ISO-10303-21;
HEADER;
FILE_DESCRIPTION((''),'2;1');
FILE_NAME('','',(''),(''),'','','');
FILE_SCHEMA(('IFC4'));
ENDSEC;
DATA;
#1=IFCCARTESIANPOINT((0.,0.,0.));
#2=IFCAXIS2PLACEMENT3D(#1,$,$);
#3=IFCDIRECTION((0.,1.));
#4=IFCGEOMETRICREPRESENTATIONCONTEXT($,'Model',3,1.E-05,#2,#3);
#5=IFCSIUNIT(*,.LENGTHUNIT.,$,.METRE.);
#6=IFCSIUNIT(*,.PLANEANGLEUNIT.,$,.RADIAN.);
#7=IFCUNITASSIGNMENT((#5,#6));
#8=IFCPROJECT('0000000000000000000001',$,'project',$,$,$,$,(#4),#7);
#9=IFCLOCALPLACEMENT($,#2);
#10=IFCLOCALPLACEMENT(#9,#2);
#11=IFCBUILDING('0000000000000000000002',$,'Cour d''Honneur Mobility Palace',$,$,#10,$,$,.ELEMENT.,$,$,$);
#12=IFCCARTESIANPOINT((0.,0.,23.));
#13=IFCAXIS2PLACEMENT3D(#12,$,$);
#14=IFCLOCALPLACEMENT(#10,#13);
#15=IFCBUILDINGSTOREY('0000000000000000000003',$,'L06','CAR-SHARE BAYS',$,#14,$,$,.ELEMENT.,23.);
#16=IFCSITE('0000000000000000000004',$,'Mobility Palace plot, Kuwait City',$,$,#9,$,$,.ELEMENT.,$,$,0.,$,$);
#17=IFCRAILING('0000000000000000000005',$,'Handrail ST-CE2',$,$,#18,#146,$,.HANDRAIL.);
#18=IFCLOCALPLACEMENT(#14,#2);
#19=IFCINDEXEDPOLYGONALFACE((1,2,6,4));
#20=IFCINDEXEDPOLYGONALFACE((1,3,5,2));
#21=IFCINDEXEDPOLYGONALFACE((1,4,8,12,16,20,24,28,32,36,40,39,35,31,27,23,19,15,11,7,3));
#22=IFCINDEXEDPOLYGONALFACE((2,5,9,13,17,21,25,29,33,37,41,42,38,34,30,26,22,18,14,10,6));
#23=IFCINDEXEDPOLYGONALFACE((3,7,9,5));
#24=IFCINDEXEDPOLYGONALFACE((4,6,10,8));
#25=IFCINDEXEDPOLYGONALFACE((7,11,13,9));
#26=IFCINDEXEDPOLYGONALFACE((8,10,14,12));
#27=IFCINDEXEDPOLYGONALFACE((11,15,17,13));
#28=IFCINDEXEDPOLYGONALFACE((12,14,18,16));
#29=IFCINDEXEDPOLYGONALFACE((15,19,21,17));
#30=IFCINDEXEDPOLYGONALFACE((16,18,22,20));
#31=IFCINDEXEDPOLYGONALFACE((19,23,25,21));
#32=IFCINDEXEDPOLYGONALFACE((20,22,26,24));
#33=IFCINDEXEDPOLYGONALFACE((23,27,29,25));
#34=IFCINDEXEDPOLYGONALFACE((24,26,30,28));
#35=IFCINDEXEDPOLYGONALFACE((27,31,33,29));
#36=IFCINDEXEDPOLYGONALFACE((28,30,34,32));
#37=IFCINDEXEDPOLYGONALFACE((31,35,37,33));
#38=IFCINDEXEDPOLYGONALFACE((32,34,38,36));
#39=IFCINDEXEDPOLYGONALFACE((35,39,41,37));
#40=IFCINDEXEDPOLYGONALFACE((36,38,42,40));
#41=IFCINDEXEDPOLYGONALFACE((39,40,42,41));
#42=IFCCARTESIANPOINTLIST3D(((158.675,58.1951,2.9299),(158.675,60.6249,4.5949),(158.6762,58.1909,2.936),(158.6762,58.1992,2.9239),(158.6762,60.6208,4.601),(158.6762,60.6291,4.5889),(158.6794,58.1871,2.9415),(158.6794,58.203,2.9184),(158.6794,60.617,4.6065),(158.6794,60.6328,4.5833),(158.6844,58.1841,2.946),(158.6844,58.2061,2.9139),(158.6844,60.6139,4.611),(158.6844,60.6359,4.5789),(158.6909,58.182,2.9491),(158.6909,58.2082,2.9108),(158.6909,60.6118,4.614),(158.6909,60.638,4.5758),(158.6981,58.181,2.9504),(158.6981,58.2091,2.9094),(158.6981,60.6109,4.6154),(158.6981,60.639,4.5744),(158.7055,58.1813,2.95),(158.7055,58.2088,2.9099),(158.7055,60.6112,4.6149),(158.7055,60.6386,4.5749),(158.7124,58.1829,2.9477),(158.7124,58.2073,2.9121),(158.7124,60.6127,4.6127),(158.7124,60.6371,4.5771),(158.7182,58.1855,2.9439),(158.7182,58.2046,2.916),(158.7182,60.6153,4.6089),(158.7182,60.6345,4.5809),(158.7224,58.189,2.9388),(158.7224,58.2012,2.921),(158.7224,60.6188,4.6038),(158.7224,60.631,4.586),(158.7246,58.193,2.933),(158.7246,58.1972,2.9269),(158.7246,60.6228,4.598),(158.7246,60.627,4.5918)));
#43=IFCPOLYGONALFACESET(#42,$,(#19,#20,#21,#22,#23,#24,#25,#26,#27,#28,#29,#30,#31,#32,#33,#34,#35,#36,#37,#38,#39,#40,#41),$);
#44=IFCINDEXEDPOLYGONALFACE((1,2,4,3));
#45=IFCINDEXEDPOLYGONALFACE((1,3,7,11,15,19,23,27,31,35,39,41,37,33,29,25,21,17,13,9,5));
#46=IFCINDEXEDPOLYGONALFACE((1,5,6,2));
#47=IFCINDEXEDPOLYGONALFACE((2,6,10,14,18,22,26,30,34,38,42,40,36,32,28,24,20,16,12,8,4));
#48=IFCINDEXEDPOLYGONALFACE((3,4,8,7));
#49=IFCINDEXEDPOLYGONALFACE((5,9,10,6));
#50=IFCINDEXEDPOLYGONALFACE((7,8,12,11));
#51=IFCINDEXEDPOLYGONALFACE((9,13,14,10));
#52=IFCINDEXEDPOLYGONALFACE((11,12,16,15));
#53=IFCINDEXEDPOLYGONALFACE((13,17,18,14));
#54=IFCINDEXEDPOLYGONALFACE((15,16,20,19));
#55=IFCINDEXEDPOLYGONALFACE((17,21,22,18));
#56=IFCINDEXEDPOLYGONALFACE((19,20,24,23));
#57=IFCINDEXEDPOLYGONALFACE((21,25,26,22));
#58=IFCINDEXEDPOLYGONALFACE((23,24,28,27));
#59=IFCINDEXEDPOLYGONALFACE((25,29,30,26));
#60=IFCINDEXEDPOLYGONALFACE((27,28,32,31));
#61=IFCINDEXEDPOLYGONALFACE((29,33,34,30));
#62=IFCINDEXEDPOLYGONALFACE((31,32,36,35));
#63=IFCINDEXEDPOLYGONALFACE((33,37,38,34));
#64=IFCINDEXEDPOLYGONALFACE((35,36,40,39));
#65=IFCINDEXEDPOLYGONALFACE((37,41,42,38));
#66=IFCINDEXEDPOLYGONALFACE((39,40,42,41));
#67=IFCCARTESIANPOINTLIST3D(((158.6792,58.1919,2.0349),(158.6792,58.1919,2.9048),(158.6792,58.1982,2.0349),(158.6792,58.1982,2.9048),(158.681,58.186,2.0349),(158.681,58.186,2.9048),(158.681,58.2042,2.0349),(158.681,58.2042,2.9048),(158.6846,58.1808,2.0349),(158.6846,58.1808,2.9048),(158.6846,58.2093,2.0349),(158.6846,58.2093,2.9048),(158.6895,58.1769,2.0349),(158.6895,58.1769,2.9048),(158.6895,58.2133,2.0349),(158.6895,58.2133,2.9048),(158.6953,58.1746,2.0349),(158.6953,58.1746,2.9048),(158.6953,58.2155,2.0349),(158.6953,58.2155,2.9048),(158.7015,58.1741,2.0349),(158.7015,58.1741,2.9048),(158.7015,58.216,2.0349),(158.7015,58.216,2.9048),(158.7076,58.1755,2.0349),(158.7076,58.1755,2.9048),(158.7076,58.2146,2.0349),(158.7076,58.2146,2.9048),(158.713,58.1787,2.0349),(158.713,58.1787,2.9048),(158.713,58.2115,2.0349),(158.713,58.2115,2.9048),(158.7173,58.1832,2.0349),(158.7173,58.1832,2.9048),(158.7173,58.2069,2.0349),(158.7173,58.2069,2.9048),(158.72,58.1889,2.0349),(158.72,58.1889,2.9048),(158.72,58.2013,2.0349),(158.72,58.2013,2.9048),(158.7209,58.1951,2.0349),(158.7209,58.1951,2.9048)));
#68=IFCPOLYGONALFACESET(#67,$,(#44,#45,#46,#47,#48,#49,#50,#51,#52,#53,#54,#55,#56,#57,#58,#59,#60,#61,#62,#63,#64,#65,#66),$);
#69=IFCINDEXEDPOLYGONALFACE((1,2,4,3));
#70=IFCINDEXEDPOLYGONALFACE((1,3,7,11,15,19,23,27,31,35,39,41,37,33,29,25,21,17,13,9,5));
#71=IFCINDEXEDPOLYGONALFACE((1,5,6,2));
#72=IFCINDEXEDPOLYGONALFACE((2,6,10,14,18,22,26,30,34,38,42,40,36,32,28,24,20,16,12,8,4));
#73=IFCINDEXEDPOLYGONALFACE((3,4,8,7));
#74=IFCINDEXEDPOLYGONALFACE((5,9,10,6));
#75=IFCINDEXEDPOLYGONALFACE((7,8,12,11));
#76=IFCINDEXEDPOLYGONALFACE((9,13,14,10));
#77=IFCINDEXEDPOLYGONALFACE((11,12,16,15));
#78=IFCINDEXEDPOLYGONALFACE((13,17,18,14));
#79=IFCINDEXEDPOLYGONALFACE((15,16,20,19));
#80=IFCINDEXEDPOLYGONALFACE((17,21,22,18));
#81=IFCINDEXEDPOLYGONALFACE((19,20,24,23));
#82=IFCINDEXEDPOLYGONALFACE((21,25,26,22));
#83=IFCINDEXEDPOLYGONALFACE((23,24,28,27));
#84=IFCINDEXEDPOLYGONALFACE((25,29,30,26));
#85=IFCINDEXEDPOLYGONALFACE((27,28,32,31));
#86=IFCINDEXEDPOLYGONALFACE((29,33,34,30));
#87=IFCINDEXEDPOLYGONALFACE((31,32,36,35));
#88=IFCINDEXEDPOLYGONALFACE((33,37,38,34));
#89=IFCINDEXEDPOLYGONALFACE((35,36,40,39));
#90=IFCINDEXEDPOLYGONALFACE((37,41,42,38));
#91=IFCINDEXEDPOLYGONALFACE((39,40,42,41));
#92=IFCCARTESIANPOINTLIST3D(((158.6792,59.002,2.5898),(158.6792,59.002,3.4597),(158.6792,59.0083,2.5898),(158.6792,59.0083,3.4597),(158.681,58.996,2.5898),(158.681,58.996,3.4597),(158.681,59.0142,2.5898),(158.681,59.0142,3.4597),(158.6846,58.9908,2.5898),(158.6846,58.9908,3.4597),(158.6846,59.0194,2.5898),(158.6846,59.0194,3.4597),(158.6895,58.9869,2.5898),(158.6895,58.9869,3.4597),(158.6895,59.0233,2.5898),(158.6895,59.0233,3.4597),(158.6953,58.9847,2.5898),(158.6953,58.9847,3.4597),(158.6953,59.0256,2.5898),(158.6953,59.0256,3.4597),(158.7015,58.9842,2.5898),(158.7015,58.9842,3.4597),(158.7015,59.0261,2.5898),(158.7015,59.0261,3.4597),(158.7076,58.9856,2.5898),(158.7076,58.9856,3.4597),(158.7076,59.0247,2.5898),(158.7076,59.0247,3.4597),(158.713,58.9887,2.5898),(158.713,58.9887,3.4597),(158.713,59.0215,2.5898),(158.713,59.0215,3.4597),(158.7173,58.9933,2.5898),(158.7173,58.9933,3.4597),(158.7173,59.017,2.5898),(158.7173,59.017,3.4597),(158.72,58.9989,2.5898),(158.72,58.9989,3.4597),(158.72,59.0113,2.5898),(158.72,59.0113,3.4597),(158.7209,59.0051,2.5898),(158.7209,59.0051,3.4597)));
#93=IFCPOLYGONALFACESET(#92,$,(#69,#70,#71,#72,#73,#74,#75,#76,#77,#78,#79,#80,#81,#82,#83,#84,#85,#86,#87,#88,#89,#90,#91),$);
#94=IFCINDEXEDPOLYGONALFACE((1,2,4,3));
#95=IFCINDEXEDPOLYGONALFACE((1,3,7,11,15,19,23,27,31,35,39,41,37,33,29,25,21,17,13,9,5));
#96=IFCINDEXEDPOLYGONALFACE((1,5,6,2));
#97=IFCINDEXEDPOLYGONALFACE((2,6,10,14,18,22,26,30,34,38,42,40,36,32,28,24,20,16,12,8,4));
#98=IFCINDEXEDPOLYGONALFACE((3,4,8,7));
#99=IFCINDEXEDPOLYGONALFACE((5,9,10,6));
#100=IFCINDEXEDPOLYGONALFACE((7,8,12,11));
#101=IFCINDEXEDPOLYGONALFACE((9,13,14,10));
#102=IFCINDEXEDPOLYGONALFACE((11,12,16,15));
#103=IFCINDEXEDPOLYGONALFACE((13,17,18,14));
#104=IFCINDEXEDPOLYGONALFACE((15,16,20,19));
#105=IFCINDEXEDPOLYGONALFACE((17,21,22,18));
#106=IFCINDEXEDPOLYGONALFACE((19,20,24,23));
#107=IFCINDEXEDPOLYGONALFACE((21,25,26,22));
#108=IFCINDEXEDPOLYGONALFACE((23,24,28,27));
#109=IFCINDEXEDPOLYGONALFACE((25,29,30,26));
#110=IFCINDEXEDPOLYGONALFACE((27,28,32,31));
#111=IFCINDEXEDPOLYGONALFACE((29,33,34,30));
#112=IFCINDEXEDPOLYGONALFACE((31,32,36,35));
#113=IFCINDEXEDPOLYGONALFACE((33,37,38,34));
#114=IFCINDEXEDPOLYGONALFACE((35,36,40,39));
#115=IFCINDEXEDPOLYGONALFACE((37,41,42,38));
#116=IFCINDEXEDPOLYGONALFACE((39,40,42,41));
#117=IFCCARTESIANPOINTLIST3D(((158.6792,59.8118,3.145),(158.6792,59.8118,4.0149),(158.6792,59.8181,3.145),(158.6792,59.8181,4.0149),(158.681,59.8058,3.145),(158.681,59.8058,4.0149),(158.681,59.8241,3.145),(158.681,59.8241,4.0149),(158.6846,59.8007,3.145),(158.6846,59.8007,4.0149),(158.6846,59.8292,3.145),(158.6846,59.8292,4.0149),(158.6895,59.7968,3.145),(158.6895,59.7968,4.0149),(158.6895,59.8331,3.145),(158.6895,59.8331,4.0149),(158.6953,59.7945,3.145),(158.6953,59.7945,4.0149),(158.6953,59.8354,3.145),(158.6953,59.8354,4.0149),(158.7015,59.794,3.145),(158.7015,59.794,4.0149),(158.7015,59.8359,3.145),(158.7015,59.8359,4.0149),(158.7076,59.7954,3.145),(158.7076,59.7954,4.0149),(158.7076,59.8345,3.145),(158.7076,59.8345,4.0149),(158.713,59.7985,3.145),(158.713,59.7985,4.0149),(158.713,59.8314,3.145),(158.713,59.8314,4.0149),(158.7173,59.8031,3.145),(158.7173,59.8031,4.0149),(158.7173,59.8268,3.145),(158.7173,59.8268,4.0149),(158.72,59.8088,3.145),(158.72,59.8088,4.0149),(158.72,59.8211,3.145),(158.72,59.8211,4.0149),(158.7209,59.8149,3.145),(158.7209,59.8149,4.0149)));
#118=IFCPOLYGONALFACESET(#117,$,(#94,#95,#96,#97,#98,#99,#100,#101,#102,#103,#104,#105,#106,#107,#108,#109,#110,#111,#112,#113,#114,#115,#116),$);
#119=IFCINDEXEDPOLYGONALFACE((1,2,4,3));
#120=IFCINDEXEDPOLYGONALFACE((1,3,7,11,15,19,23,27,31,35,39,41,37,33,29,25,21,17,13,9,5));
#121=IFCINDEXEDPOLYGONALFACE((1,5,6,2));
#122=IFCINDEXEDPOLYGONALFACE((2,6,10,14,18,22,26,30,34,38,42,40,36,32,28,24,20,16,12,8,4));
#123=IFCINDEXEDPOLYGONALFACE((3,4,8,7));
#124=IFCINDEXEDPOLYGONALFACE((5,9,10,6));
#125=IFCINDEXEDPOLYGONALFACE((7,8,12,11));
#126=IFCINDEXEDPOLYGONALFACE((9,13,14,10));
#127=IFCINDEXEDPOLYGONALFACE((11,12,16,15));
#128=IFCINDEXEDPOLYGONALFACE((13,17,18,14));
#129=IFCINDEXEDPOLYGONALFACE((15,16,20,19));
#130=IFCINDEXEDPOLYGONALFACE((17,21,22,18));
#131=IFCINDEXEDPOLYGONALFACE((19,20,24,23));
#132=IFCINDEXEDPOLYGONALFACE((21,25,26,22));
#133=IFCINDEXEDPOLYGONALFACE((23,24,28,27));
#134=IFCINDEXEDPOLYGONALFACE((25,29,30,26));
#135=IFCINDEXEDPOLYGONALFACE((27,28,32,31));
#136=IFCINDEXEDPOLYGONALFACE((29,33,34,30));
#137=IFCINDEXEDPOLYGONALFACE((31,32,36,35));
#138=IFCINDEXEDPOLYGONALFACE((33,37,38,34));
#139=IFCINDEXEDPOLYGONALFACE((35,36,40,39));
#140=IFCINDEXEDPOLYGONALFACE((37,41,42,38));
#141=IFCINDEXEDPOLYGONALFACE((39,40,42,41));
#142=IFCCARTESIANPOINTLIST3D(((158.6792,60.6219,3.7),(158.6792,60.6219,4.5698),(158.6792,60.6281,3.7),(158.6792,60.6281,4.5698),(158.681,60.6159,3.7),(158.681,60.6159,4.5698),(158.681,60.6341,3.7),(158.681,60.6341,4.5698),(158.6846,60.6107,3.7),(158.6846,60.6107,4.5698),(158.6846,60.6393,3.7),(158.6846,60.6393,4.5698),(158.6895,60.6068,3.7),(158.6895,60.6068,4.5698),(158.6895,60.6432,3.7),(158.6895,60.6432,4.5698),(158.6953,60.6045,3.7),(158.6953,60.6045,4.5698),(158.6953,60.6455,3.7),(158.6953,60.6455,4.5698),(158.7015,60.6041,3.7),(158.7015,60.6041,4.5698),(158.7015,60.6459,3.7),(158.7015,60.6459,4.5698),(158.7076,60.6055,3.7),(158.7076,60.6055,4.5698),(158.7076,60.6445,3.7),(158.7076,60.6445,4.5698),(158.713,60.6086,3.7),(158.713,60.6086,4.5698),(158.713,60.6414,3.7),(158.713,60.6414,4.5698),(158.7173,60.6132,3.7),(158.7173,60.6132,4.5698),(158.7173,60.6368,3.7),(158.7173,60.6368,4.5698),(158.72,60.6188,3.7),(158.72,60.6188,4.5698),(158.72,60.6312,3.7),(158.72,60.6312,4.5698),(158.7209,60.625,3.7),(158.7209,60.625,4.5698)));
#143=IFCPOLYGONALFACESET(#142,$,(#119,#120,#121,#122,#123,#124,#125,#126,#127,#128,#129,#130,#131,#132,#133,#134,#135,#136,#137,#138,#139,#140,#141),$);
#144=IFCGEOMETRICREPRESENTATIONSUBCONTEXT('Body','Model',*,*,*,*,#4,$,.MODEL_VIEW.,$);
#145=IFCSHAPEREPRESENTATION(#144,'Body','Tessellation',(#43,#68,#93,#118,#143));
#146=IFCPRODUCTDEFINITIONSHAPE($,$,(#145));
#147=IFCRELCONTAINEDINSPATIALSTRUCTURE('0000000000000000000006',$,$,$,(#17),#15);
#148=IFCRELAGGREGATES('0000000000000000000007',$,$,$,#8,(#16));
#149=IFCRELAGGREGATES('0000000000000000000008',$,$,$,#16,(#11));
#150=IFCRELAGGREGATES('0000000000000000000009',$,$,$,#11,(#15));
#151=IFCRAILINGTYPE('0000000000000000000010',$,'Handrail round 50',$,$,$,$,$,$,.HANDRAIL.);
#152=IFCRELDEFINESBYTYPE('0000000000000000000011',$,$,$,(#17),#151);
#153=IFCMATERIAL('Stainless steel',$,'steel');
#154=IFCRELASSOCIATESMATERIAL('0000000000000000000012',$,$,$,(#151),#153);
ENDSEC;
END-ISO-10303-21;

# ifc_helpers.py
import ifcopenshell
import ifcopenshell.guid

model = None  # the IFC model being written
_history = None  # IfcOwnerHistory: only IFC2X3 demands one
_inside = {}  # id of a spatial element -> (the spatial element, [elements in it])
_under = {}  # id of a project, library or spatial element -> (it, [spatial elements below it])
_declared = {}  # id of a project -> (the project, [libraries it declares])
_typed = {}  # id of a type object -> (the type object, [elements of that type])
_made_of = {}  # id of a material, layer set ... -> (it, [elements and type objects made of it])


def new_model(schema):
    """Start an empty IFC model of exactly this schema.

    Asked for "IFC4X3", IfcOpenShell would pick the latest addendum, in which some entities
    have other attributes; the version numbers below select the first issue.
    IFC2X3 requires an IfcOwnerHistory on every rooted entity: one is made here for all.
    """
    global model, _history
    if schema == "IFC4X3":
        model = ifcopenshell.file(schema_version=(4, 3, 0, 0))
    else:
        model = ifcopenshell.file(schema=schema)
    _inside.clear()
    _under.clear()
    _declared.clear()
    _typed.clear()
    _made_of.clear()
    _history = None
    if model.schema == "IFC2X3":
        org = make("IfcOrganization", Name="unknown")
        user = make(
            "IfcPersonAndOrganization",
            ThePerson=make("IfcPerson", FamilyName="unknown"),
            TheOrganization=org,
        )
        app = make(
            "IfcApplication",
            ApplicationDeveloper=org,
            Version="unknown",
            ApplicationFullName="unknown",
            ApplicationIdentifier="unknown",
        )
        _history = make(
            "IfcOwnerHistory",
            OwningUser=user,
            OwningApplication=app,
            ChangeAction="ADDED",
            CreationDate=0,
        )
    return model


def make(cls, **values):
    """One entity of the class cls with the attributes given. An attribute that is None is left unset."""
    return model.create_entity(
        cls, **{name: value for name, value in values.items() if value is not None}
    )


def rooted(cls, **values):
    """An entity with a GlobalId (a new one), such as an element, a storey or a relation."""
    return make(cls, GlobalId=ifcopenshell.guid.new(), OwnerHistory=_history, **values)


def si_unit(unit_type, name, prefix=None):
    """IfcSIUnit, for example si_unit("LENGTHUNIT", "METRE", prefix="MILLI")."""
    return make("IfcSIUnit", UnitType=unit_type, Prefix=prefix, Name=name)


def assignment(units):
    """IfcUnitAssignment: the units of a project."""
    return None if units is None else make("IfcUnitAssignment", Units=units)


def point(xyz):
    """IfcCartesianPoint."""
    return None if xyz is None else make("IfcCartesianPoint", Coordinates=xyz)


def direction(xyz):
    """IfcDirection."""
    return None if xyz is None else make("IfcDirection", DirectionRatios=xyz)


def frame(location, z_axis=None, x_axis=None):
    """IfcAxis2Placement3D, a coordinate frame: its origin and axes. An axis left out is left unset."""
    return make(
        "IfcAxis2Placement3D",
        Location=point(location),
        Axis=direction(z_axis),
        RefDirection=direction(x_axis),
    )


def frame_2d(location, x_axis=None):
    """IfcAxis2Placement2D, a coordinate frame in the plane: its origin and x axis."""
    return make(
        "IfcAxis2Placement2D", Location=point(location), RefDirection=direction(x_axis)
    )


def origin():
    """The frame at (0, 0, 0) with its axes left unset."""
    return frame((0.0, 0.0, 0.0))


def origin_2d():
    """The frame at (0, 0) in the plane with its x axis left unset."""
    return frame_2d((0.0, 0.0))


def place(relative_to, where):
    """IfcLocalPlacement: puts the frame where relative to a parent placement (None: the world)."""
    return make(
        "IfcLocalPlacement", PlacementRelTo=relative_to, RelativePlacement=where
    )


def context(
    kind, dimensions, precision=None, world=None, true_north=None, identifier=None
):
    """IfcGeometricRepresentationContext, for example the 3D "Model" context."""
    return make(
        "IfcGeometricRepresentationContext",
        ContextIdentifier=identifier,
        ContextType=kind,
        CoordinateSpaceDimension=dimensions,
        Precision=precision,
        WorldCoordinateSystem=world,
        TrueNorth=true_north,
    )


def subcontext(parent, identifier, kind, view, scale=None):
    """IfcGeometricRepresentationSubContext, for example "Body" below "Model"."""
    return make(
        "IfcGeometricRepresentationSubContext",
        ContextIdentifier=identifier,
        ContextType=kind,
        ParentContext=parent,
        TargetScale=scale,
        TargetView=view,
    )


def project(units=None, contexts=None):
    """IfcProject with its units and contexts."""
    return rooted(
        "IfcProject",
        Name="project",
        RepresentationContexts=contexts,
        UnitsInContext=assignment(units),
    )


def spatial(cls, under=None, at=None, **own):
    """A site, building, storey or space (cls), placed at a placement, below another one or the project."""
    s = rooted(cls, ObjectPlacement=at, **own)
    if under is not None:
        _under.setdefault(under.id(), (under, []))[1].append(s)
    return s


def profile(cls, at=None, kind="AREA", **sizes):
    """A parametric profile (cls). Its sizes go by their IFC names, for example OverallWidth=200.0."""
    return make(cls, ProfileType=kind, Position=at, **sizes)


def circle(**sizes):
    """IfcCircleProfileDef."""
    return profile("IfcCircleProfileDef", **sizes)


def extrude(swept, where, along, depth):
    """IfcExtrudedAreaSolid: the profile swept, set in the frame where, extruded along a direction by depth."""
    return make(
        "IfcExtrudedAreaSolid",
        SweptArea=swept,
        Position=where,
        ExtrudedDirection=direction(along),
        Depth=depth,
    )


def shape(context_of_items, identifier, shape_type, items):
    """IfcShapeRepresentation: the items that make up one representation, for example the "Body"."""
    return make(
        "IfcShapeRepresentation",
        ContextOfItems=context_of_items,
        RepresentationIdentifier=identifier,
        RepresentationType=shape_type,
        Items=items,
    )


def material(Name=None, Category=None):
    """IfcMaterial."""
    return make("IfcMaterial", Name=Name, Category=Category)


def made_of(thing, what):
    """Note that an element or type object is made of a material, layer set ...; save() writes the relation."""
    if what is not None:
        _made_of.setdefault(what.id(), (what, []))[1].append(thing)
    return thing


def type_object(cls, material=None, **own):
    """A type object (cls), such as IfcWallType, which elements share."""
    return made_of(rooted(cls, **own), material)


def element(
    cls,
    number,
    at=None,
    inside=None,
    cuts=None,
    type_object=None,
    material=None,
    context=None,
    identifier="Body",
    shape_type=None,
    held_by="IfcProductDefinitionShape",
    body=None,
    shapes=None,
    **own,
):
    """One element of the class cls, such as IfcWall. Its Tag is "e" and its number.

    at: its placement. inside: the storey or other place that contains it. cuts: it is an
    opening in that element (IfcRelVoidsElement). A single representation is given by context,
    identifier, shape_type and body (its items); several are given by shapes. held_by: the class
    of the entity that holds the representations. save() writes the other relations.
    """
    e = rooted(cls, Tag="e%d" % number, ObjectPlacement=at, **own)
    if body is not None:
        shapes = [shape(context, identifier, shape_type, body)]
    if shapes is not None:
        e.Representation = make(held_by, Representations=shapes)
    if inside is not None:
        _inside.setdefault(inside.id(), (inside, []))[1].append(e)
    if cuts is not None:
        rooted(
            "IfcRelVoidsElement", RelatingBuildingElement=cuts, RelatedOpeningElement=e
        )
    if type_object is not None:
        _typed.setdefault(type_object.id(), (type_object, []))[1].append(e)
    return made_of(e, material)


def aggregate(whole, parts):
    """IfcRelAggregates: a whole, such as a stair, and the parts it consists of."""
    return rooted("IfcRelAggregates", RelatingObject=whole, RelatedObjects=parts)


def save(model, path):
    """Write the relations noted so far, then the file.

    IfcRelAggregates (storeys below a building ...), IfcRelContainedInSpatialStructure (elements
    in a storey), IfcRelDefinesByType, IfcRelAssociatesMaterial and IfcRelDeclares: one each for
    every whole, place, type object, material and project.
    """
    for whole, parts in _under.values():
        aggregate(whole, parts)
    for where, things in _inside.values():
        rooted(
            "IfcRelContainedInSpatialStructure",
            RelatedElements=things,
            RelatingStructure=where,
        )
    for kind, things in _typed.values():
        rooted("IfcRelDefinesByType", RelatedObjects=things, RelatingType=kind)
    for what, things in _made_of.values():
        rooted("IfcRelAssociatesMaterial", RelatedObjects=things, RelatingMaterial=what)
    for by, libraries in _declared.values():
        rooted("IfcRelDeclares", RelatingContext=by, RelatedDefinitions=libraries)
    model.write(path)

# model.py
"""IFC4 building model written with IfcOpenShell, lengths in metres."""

from ifc_helpers import new_model, si_unit, direction, frame, origin, origin_2d, place, context, subcontext, project, spatial, circle, extrude, material, type_object, element, save


model = new_model("IFC4")

# Units and contexts
model_context = context("Model", 3, precision=1e-05, world=origin(), true_north=direction((0.0, 1.0)))
body_context = subcontext(model_context, "Body", "Model", "MODEL_VIEW")
ifc_project = project(units=[si_unit("LENGTHUNIT", "METRE"), si_unit("PLANEANGLEUNIT", "RADIAN")], contexts=[model_context])

# Site, building, storey
site_placement = place(None, origin())
site = spatial("IfcSite", under=ifc_project, at=site_placement, Name="Mobility Palace plot, Kuwait City", CompositionType="ELEMENT", RefElevation=0.0)
building_placement = place(site_placement, origin())
building = spatial("IfcBuilding", under=site, at=building_placement, Name="Cour d'Honneur Mobility Palace", CompositionType="ELEMENT")
storey_placement = place(building_placement, frame((0.0, 0.0, 23.0)))
storey = spatial("IfcBuildingStorey", under=building, at=storey_placement, Name="L06", Description="CAR-SHARE BAYS", CompositionType="ELEMENT", Elevation=23.0)

# Railing
ifc_material_1 = material(Name="Stainless steel", Category="steel")
railing_type_1 = type_object("IfcRailingType", Name="Handrail round 50", PredefinedType="HANDRAIL", material=ifc_material_1)
railing_1_placement = place(storey_placement, frame((158.7, 58.1951, 2.0349)))
element("IfcRailing", 1, at=railing_1_placement, inside=storey, type_object=railing_type_1, Name="Handrail ST-CE2", PredefinedType="HANDRAIL", context=body_context, shape_type="SweptSolid", body=[
    extrude(circle(Radius=0.0249, at=origin_2d()), frame((0.0, 0.0, 0.895), z_axis=(0.0, 0.824919, 0.565251), x_axis=(-1.0, 0.0, 0.0)), (0.0, 0.0, 1.0), 2.9456),
    extrude(circle(Radius=0.021, at=origin_2d()), origin(), (0.0, 0.0, 1.0), 0.8699),
    extrude(circle(Radius=0.021, at=origin_2d()), frame((0.0, 0.8101, 0.5549)), (0.0, 0.0, 1.0), 0.8699),
    extrude(circle(Radius=0.021, at=origin_2d()), frame((0.0, 1.6199, 1.1101)), (0.0, 0.0, 1.0), 0.8699),
    extrude(circle(Radius=0.021, at=origin_2d()), frame((0.0, 2.4299, 1.665)), (0.0, 0.0, 1.0), 0.8699),
])

save(model, "model.ifc")
